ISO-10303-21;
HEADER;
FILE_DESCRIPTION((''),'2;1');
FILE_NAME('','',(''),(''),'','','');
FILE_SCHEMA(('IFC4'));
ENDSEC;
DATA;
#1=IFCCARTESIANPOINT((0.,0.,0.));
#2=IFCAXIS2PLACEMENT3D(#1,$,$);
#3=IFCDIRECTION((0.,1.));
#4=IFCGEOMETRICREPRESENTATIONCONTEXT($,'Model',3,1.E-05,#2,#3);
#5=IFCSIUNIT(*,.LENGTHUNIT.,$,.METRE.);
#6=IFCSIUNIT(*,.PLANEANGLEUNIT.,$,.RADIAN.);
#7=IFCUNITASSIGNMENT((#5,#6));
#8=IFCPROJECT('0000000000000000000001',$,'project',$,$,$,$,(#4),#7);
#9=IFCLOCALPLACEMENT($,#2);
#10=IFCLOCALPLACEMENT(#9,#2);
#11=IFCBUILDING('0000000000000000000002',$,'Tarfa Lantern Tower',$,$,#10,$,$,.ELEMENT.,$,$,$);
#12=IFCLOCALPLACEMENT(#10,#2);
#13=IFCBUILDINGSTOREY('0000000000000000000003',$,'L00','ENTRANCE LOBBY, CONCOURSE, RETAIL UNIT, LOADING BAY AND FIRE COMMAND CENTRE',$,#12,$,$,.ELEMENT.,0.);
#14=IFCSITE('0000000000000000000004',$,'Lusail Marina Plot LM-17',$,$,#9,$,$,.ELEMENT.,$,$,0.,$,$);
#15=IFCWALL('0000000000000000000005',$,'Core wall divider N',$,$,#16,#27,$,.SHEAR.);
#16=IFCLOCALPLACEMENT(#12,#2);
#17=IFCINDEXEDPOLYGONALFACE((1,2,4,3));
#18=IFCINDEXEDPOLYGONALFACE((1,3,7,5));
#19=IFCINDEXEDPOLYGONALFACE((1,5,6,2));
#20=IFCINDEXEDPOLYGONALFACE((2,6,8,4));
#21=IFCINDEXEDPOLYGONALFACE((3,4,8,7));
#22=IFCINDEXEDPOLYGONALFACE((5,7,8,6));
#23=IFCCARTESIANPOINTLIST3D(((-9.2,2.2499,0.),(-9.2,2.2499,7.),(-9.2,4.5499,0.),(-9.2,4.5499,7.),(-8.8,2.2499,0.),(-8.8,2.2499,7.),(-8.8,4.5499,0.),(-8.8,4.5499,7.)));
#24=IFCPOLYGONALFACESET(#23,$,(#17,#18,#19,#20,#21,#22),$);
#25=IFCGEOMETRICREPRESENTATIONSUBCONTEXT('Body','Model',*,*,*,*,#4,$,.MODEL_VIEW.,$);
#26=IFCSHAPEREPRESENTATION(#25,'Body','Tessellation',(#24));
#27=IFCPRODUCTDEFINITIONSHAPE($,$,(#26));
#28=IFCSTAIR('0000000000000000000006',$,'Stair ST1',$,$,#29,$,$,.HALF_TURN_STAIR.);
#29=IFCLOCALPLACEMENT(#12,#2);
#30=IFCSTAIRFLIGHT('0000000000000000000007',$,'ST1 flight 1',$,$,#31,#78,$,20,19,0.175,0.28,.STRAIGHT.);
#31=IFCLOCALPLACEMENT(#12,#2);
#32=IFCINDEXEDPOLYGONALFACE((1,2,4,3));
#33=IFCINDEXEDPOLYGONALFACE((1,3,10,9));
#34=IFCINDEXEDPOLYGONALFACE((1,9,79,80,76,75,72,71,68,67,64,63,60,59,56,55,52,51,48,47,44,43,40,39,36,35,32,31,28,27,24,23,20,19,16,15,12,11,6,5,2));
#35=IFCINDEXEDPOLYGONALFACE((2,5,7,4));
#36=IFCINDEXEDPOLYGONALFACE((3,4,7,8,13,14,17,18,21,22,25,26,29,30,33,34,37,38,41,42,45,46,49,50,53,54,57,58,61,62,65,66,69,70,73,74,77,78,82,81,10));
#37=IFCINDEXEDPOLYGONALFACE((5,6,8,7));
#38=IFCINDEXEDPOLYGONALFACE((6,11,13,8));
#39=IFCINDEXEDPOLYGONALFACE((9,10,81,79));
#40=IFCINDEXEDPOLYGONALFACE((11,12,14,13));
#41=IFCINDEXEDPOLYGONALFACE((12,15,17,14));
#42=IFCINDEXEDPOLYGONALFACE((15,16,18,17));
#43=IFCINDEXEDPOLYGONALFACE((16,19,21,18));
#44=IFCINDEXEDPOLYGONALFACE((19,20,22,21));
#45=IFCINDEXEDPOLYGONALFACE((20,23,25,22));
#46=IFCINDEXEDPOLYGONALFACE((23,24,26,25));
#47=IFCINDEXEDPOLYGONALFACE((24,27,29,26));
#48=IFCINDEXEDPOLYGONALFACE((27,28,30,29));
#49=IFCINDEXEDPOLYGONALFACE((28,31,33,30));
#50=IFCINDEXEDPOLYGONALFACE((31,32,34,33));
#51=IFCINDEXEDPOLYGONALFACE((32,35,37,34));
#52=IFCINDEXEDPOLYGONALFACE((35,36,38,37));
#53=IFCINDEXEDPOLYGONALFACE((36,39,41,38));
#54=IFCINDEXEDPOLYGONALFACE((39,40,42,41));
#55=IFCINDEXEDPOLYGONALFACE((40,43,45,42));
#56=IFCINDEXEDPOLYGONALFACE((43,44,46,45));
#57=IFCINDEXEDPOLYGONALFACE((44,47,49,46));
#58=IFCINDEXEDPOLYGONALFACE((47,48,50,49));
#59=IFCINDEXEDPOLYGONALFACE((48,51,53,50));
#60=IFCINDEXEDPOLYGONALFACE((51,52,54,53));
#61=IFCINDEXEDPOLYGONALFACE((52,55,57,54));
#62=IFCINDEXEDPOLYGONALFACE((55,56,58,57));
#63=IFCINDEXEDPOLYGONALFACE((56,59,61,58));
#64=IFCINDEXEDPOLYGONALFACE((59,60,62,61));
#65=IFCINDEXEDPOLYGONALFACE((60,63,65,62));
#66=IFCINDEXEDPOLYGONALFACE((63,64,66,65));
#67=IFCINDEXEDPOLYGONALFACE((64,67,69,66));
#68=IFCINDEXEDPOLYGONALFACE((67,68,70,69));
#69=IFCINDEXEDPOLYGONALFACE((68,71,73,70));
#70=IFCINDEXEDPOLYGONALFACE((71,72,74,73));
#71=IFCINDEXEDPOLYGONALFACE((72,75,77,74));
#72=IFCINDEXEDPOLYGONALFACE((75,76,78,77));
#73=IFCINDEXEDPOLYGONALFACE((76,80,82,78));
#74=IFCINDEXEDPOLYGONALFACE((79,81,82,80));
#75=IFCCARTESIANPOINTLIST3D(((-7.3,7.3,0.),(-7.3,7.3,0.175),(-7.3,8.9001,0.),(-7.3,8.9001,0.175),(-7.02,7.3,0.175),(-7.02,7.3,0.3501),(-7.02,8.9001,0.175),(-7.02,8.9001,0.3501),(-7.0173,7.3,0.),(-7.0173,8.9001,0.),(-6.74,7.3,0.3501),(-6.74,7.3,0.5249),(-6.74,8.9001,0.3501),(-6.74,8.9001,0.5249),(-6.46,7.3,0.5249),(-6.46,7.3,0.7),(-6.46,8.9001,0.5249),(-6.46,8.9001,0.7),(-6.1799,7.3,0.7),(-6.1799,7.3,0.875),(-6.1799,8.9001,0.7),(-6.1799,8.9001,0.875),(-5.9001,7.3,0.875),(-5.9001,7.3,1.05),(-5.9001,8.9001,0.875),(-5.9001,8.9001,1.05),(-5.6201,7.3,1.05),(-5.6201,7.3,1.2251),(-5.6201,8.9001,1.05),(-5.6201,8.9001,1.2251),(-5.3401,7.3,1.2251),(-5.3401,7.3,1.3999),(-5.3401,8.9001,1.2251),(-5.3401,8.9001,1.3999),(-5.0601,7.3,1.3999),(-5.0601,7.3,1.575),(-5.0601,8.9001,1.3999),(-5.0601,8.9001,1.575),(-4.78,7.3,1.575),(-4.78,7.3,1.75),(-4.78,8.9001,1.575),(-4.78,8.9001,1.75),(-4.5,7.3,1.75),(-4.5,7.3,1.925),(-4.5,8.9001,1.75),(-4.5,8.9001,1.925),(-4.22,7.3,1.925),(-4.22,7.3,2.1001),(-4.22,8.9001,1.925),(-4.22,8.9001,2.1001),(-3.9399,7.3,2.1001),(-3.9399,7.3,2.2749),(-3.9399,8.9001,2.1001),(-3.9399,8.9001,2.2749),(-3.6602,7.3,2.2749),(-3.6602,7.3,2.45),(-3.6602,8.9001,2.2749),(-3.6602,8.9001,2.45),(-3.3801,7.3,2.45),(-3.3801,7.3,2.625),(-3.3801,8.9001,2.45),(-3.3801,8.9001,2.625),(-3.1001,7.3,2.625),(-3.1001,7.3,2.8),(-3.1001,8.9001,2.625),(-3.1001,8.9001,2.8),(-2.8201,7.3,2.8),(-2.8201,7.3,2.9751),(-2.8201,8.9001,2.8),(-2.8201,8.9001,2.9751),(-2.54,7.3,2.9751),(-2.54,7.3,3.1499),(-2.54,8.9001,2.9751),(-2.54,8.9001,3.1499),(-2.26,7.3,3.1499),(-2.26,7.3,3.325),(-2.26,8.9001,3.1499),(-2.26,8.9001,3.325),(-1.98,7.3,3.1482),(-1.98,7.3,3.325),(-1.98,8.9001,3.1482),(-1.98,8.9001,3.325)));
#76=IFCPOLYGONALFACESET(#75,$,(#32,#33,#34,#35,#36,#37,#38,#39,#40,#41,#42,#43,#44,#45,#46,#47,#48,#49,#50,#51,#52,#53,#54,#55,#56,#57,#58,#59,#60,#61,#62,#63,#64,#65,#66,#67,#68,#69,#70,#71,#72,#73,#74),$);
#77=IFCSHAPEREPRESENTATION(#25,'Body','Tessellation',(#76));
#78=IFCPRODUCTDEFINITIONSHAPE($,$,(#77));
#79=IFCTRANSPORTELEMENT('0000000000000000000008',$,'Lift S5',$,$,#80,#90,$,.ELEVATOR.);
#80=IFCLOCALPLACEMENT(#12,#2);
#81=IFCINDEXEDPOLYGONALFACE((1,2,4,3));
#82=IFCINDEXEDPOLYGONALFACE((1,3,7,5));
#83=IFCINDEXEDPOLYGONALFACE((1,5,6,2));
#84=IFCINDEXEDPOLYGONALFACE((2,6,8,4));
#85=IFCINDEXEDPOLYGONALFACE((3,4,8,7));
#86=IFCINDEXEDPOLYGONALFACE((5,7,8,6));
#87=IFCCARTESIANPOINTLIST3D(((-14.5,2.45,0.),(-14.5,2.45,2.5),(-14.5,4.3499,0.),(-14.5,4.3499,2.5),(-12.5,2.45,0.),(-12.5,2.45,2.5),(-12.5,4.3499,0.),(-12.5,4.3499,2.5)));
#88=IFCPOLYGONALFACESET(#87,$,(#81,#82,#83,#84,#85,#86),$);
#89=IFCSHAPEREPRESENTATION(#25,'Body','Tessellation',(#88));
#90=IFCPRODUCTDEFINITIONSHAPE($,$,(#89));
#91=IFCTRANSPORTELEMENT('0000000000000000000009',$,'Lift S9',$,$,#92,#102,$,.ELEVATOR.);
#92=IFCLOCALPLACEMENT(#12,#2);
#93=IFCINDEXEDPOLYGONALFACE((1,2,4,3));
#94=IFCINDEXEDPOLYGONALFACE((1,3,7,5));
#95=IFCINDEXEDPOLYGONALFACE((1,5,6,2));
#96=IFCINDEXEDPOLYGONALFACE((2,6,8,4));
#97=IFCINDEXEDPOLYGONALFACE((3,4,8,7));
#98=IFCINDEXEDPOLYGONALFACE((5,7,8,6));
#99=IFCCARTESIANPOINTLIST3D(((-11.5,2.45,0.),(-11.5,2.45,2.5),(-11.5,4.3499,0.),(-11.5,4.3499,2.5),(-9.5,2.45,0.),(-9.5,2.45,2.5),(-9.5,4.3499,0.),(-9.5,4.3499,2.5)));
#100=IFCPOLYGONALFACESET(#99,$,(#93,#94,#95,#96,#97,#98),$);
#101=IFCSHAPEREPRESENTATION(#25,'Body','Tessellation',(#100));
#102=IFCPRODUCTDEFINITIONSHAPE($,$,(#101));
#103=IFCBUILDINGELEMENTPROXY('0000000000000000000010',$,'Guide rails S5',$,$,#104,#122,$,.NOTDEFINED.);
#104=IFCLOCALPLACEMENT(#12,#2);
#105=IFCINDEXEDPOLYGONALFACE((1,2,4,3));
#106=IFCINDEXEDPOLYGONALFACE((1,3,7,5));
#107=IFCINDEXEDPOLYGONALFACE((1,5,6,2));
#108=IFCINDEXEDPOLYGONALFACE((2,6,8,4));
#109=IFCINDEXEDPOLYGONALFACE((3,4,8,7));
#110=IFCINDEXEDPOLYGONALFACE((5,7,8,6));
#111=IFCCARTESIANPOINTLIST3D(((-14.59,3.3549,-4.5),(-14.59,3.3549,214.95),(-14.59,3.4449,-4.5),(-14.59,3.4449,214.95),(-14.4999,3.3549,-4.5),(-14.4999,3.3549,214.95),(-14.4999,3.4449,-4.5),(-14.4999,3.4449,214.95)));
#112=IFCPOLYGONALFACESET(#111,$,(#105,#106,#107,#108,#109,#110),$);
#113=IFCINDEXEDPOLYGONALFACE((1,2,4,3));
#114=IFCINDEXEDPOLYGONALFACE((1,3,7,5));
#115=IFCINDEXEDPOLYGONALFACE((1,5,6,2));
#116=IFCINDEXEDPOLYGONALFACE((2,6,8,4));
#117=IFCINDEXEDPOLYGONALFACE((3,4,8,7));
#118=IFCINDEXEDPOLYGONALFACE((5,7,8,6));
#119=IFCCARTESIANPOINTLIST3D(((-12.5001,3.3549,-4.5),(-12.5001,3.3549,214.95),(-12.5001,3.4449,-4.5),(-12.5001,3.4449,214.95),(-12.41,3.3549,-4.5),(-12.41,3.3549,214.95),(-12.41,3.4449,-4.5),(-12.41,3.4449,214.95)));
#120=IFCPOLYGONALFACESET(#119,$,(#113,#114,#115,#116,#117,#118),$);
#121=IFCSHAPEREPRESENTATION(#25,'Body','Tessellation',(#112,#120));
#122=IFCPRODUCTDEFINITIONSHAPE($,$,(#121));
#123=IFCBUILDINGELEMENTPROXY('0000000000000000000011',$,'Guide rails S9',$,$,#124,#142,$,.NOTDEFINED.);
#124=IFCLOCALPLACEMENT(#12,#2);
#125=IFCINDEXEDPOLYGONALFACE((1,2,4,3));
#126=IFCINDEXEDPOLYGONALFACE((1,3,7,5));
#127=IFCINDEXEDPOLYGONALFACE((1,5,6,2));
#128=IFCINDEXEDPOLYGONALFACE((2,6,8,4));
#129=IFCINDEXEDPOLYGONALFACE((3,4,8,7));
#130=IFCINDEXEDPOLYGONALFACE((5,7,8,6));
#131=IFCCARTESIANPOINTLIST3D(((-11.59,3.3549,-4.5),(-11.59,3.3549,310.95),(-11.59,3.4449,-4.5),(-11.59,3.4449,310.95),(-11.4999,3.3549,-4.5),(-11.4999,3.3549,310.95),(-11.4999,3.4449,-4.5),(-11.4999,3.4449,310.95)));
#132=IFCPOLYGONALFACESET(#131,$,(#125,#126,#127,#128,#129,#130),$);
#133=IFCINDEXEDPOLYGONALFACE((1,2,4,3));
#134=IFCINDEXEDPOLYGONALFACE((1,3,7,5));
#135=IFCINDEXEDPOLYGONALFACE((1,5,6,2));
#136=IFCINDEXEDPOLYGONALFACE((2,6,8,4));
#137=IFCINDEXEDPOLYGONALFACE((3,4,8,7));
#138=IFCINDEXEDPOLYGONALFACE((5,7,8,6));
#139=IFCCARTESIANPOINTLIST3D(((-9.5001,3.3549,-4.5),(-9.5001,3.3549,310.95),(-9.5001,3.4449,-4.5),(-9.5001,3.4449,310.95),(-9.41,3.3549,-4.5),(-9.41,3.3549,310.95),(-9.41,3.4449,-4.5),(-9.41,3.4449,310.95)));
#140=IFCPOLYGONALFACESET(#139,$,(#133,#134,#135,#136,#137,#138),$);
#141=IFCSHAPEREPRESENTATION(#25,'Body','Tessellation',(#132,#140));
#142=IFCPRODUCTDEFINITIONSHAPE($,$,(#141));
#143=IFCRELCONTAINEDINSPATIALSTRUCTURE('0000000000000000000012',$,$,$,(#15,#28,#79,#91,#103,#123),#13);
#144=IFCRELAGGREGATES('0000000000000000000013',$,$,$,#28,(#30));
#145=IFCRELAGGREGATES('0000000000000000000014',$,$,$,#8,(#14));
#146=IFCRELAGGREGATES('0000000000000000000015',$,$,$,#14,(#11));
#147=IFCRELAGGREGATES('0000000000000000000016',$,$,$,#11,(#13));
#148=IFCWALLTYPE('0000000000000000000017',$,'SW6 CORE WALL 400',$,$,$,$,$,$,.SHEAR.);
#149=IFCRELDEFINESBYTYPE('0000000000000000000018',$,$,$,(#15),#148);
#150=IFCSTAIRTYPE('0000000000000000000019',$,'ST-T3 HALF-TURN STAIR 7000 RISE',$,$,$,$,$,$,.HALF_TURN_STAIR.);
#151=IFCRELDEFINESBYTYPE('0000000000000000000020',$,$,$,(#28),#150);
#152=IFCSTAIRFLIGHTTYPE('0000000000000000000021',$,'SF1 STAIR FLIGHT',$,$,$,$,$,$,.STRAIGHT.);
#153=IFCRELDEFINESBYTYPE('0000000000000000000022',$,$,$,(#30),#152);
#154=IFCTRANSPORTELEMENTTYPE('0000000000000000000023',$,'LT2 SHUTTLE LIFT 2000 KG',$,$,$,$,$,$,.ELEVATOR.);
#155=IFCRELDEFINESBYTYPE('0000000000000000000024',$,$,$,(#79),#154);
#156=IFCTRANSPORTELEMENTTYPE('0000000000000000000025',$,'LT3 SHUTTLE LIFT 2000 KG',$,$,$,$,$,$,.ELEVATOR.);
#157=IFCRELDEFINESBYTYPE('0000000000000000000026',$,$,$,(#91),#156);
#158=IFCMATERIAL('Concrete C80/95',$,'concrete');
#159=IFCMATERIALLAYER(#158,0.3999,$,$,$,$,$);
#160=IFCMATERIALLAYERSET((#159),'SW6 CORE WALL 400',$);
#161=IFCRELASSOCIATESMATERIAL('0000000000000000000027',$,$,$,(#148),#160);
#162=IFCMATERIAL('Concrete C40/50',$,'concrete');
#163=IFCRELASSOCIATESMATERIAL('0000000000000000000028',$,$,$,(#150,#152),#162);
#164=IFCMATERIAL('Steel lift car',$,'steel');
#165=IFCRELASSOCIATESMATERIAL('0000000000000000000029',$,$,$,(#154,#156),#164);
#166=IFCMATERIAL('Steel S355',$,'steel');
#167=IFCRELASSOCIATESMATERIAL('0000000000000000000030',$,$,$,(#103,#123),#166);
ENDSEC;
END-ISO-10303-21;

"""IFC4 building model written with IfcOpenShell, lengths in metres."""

from ifc_helpers import new_model, si_unit, direction, frame, frame_2d, origin, origin_2d, place, context, subcontext, project, spatial, polyline, rectangle, outline, extrude, material, layer, layer_set, type_object, element, aggregate, save


model = new_model("IFC4")

# Units and contexts
model_context = context("Model", 3, precision=1e-05, world=origin(), true_north=direction((0.0, 1.0)))
body_context = subcontext(model_context, "Body", "Model", "MODEL_VIEW")
ifc_project = project(units=[si_unit("LENGTHUNIT", "METRE"), si_unit("PLANEANGLEUNIT", "RADIAN")], contexts=[model_context])

# Site, building, storey
site_placement = place(None, origin())
site = spatial("IfcSite", under=ifc_project, at=site_placement, Name="Lusail Marina Plot LM-17", CompositionType="ELEMENT", RefElevation=0.0)
building_placement = place(site_placement, origin())
building = spatial("IfcBuilding", under=site, at=building_placement, Name="Tarfa Lantern Tower", CompositionType="ELEMENT")
storey_placement = place(building_placement, origin())
storey = spatial("IfcBuildingStorey", under=building, at=storey_placement, Name="L00", Description="ENTRANCE LOBBY, CONCOURSE, RETAIL UNIT, LOADING BAY AND FIRE COMMAND CENTRE", CompositionType="ELEMENT", Elevation=0.0)

# Shared definitions
ifc_material_1 = material(Name="Concrete C80/95", Category="concrete")

# Wall
ifc_layer_1 = layer(ifc_material_1, 0.3999)
ifc_layer_set_1 = layer_set([ifc_layer_1], Name="SW6 CORE WALL 400")
wall_type_1 = type_object("IfcWallType", Name="SW6 CORE WALL 400", PredefinedType="SHEAR", material=ifc_layer_set_1)
wall_1_placement = place(storey_placement, frame((-9.0, 2.25, 0.0), z_axis=(0.0, 0.0, 1.0), x_axis=(0.0, 1.0, 0.0)))
element("IfcWall", 1, at=wall_1_placement, inside=storey, type_object=wall_type_1, Name="Core wall divider N", PredefinedType="SHEAR", context=body_context, shape_type="SweptSolid", body=[
    extrude(rectangle(XDim=2.3, YDim=0.3999, at=frame_2d((1.1499, 0.0))), origin(), (0.0, 0.0, 1.0), 7.0),
])

# Stair, stair flight
ifc_material_2 = material(Name="Concrete C40/50", Category="concrete")
stair_type = type_object("IfcStairType", Name="ST-T3 HALF-TURN STAIR 7000 RISE", PredefinedType="HALF_TURN_STAIR", material=ifc_material_2)
stair_placement = place(storey_placement, origin())
stair = element("IfcStair", 2, at=stair_placement, inside=storey, type_object=stair_type, Name="Stair ST1", PredefinedType="HALF_TURN_STAIR")
stair_flight_type = type_object("IfcStairFlightType", Name="SF1 STAIR FLIGHT", PredefinedType="STRAIGHT", material=ifc_material_2)
stair_flight_placement = place(storey_placement, frame((-7.3, 8.1001, 0.0), z_axis=(0.0, 0.0, 1.0), x_axis=(1.0, 0.0, 0.0)))
stair_flight = element("IfcStairFlight", 3, at=stair_flight_placement, type_object=stair_flight_type, Name="ST1 flight 1", NumberOfRisers=20, NumberOfTreads=19, PredefinedType="STRAIGHT", RiserHeight=0.175, TreadLength=0.28, context=body_context, shape_type="SweptSolid", body=[
    extrude(outline(polyline([(0.0, 0.0), (0.0, 0.175), (0.28, 0.175), (0.28, 0.3501), (0.5601, 0.3501), (0.5601, 0.5249), (0.8401, 0.5249), (0.8401, 0.7), (1.1201, 0.7), (1.1201, 0.875), (1.3999, 0.875), (1.3999, 1.05), (1.6799, 1.05), (1.6799, 1.2251), (1.96, 1.2251), (1.96, 1.3999), (2.24, 1.3999), (2.24, 1.575), (2.52, 1.575), (2.52, 1.75), (2.8, 1.75), (2.8, 1.925), (3.0801, 1.925), (3.0801, 2.1001), (3.3601, 2.1001), (3.3601, 2.2749), (3.6399, 2.2749), (3.6399, 2.45), (3.9199, 2.45), (3.9199, 2.625), (4.2, 2.625), (4.2, 2.8), (4.48, 2.8), (4.48, 2.9751), (4.76, 2.9751), (4.76, 3.1499), (5.04, 3.1499), (5.04, 3.325), (5.3201, 3.325), (5.3201, 3.5), (5.3201, 3.1482), (0.2827, 0.0), (0.0, 0.0)])), frame((0.0, 0.8, 0.0), z_axis=(0.0, -1.0, 0.0), x_axis=(1.0, 0.0, 0.0)), (0.0, 0.0, 1.0), 1.6001),
])
aggregate(stair, [stair_flight])

# Transport elements
ifc_material_3 = material(Name="Steel lift car", Category="steel")
transport_element_type_1 = type_object("IfcTransportElementType", Name="LT2 SHUTTLE LIFT 2000 KG", PredefinedType="ELEVATOR", material=ifc_material_3)
transport_element_1_placement = place(storey_placement, frame((-13.5, 3.3999, 0.0), z_axis=(0.0, 0.0, 1.0), x_axis=(1.0, 0.0, 0.0)))
element("IfcTransportElement", 4, at=transport_element_1_placement, inside=storey, type_object=transport_element_type_1, Name="Lift S5", PredefinedType="ELEVATOR", context=body_context, shape_type="SweptSolid", body=[
    extrude(rectangle(XDim=2.0, YDim=1.8999, at=origin_2d()), origin(), (0.0, 0.0, 1.0), 2.5),
])
transport_element_type_2 = type_object("IfcTransportElementType", Name="LT3 SHUTTLE LIFT 2000 KG", PredefinedType="ELEVATOR", material=ifc_material_3)
transport_element_2_placement = place(storey_placement, frame((-10.5, 3.3999, 0.0), z_axis=(0.0, 0.0, 1.0), x_axis=(1.0, 0.0, 0.0)))
element("IfcTransportElement", 5, at=transport_element_2_placement, inside=storey, type_object=transport_element_type_2, Name="Lift S9", PredefinedType="ELEVATOR", context=body_context, shape_type="SweptSolid", body=[
    extrude(rectangle(XDim=2.0, YDim=1.8999, at=origin_2d()), origin(), (0.0, 0.0, 1.0), 2.5),
])

# Building element proxies
ifc_material_4 = material(Name="Steel S355", Category="steel")
proxy_1_placement = place(storey_placement, frame((-14.5449, 3.3999, -4.5), z_axis=(0.0, 0.0, 1.0), x_axis=(1.0, 0.0, 0.0)))
element("IfcBuildingElementProxy", 6, at=proxy_1_placement, inside=storey, material=ifc_material_4, Name="Guide rails S5", PredefinedType="NOTDEFINED", context=body_context, shape_type="SweptSolid", body=[
    extrude(rectangle(XDim=0.0901, YDim=0.0901, at=origin_2d()), origin(), (0.0, 0.0, 1.0), 219.45),
    extrude(rectangle(XDim=0.0901, YDim=0.0901, at=frame_2d((2.0898, 0.0))), origin(), (0.0, 0.0, 1.0), 219.45),
])
proxy_2_placement = place(storey_placement, frame((-11.5449, 3.3999, -4.5), z_axis=(0.0, 0.0, 1.0), x_axis=(1.0, 0.0, 0.0)))
element("IfcBuildingElementProxy", 7, at=proxy_2_placement, inside=storey, material=ifc_material_4, Name="Guide rails S9", PredefinedType="NOTDEFINED", context=body_context, shape_type="SweptSolid", body=[
    extrude(rectangle(XDim=0.0901, YDim=0.0901, at=origin_2d()), origin(), (0.0, 0.0, 1.0), 315.45),
    extrude(rectangle(XDim=0.0901, YDim=0.0901, at=frame_2d((2.0898, 0.0))), origin(), (0.0, 0.0, 1.0), 315.45),
])

save(model, "model.ifc")
